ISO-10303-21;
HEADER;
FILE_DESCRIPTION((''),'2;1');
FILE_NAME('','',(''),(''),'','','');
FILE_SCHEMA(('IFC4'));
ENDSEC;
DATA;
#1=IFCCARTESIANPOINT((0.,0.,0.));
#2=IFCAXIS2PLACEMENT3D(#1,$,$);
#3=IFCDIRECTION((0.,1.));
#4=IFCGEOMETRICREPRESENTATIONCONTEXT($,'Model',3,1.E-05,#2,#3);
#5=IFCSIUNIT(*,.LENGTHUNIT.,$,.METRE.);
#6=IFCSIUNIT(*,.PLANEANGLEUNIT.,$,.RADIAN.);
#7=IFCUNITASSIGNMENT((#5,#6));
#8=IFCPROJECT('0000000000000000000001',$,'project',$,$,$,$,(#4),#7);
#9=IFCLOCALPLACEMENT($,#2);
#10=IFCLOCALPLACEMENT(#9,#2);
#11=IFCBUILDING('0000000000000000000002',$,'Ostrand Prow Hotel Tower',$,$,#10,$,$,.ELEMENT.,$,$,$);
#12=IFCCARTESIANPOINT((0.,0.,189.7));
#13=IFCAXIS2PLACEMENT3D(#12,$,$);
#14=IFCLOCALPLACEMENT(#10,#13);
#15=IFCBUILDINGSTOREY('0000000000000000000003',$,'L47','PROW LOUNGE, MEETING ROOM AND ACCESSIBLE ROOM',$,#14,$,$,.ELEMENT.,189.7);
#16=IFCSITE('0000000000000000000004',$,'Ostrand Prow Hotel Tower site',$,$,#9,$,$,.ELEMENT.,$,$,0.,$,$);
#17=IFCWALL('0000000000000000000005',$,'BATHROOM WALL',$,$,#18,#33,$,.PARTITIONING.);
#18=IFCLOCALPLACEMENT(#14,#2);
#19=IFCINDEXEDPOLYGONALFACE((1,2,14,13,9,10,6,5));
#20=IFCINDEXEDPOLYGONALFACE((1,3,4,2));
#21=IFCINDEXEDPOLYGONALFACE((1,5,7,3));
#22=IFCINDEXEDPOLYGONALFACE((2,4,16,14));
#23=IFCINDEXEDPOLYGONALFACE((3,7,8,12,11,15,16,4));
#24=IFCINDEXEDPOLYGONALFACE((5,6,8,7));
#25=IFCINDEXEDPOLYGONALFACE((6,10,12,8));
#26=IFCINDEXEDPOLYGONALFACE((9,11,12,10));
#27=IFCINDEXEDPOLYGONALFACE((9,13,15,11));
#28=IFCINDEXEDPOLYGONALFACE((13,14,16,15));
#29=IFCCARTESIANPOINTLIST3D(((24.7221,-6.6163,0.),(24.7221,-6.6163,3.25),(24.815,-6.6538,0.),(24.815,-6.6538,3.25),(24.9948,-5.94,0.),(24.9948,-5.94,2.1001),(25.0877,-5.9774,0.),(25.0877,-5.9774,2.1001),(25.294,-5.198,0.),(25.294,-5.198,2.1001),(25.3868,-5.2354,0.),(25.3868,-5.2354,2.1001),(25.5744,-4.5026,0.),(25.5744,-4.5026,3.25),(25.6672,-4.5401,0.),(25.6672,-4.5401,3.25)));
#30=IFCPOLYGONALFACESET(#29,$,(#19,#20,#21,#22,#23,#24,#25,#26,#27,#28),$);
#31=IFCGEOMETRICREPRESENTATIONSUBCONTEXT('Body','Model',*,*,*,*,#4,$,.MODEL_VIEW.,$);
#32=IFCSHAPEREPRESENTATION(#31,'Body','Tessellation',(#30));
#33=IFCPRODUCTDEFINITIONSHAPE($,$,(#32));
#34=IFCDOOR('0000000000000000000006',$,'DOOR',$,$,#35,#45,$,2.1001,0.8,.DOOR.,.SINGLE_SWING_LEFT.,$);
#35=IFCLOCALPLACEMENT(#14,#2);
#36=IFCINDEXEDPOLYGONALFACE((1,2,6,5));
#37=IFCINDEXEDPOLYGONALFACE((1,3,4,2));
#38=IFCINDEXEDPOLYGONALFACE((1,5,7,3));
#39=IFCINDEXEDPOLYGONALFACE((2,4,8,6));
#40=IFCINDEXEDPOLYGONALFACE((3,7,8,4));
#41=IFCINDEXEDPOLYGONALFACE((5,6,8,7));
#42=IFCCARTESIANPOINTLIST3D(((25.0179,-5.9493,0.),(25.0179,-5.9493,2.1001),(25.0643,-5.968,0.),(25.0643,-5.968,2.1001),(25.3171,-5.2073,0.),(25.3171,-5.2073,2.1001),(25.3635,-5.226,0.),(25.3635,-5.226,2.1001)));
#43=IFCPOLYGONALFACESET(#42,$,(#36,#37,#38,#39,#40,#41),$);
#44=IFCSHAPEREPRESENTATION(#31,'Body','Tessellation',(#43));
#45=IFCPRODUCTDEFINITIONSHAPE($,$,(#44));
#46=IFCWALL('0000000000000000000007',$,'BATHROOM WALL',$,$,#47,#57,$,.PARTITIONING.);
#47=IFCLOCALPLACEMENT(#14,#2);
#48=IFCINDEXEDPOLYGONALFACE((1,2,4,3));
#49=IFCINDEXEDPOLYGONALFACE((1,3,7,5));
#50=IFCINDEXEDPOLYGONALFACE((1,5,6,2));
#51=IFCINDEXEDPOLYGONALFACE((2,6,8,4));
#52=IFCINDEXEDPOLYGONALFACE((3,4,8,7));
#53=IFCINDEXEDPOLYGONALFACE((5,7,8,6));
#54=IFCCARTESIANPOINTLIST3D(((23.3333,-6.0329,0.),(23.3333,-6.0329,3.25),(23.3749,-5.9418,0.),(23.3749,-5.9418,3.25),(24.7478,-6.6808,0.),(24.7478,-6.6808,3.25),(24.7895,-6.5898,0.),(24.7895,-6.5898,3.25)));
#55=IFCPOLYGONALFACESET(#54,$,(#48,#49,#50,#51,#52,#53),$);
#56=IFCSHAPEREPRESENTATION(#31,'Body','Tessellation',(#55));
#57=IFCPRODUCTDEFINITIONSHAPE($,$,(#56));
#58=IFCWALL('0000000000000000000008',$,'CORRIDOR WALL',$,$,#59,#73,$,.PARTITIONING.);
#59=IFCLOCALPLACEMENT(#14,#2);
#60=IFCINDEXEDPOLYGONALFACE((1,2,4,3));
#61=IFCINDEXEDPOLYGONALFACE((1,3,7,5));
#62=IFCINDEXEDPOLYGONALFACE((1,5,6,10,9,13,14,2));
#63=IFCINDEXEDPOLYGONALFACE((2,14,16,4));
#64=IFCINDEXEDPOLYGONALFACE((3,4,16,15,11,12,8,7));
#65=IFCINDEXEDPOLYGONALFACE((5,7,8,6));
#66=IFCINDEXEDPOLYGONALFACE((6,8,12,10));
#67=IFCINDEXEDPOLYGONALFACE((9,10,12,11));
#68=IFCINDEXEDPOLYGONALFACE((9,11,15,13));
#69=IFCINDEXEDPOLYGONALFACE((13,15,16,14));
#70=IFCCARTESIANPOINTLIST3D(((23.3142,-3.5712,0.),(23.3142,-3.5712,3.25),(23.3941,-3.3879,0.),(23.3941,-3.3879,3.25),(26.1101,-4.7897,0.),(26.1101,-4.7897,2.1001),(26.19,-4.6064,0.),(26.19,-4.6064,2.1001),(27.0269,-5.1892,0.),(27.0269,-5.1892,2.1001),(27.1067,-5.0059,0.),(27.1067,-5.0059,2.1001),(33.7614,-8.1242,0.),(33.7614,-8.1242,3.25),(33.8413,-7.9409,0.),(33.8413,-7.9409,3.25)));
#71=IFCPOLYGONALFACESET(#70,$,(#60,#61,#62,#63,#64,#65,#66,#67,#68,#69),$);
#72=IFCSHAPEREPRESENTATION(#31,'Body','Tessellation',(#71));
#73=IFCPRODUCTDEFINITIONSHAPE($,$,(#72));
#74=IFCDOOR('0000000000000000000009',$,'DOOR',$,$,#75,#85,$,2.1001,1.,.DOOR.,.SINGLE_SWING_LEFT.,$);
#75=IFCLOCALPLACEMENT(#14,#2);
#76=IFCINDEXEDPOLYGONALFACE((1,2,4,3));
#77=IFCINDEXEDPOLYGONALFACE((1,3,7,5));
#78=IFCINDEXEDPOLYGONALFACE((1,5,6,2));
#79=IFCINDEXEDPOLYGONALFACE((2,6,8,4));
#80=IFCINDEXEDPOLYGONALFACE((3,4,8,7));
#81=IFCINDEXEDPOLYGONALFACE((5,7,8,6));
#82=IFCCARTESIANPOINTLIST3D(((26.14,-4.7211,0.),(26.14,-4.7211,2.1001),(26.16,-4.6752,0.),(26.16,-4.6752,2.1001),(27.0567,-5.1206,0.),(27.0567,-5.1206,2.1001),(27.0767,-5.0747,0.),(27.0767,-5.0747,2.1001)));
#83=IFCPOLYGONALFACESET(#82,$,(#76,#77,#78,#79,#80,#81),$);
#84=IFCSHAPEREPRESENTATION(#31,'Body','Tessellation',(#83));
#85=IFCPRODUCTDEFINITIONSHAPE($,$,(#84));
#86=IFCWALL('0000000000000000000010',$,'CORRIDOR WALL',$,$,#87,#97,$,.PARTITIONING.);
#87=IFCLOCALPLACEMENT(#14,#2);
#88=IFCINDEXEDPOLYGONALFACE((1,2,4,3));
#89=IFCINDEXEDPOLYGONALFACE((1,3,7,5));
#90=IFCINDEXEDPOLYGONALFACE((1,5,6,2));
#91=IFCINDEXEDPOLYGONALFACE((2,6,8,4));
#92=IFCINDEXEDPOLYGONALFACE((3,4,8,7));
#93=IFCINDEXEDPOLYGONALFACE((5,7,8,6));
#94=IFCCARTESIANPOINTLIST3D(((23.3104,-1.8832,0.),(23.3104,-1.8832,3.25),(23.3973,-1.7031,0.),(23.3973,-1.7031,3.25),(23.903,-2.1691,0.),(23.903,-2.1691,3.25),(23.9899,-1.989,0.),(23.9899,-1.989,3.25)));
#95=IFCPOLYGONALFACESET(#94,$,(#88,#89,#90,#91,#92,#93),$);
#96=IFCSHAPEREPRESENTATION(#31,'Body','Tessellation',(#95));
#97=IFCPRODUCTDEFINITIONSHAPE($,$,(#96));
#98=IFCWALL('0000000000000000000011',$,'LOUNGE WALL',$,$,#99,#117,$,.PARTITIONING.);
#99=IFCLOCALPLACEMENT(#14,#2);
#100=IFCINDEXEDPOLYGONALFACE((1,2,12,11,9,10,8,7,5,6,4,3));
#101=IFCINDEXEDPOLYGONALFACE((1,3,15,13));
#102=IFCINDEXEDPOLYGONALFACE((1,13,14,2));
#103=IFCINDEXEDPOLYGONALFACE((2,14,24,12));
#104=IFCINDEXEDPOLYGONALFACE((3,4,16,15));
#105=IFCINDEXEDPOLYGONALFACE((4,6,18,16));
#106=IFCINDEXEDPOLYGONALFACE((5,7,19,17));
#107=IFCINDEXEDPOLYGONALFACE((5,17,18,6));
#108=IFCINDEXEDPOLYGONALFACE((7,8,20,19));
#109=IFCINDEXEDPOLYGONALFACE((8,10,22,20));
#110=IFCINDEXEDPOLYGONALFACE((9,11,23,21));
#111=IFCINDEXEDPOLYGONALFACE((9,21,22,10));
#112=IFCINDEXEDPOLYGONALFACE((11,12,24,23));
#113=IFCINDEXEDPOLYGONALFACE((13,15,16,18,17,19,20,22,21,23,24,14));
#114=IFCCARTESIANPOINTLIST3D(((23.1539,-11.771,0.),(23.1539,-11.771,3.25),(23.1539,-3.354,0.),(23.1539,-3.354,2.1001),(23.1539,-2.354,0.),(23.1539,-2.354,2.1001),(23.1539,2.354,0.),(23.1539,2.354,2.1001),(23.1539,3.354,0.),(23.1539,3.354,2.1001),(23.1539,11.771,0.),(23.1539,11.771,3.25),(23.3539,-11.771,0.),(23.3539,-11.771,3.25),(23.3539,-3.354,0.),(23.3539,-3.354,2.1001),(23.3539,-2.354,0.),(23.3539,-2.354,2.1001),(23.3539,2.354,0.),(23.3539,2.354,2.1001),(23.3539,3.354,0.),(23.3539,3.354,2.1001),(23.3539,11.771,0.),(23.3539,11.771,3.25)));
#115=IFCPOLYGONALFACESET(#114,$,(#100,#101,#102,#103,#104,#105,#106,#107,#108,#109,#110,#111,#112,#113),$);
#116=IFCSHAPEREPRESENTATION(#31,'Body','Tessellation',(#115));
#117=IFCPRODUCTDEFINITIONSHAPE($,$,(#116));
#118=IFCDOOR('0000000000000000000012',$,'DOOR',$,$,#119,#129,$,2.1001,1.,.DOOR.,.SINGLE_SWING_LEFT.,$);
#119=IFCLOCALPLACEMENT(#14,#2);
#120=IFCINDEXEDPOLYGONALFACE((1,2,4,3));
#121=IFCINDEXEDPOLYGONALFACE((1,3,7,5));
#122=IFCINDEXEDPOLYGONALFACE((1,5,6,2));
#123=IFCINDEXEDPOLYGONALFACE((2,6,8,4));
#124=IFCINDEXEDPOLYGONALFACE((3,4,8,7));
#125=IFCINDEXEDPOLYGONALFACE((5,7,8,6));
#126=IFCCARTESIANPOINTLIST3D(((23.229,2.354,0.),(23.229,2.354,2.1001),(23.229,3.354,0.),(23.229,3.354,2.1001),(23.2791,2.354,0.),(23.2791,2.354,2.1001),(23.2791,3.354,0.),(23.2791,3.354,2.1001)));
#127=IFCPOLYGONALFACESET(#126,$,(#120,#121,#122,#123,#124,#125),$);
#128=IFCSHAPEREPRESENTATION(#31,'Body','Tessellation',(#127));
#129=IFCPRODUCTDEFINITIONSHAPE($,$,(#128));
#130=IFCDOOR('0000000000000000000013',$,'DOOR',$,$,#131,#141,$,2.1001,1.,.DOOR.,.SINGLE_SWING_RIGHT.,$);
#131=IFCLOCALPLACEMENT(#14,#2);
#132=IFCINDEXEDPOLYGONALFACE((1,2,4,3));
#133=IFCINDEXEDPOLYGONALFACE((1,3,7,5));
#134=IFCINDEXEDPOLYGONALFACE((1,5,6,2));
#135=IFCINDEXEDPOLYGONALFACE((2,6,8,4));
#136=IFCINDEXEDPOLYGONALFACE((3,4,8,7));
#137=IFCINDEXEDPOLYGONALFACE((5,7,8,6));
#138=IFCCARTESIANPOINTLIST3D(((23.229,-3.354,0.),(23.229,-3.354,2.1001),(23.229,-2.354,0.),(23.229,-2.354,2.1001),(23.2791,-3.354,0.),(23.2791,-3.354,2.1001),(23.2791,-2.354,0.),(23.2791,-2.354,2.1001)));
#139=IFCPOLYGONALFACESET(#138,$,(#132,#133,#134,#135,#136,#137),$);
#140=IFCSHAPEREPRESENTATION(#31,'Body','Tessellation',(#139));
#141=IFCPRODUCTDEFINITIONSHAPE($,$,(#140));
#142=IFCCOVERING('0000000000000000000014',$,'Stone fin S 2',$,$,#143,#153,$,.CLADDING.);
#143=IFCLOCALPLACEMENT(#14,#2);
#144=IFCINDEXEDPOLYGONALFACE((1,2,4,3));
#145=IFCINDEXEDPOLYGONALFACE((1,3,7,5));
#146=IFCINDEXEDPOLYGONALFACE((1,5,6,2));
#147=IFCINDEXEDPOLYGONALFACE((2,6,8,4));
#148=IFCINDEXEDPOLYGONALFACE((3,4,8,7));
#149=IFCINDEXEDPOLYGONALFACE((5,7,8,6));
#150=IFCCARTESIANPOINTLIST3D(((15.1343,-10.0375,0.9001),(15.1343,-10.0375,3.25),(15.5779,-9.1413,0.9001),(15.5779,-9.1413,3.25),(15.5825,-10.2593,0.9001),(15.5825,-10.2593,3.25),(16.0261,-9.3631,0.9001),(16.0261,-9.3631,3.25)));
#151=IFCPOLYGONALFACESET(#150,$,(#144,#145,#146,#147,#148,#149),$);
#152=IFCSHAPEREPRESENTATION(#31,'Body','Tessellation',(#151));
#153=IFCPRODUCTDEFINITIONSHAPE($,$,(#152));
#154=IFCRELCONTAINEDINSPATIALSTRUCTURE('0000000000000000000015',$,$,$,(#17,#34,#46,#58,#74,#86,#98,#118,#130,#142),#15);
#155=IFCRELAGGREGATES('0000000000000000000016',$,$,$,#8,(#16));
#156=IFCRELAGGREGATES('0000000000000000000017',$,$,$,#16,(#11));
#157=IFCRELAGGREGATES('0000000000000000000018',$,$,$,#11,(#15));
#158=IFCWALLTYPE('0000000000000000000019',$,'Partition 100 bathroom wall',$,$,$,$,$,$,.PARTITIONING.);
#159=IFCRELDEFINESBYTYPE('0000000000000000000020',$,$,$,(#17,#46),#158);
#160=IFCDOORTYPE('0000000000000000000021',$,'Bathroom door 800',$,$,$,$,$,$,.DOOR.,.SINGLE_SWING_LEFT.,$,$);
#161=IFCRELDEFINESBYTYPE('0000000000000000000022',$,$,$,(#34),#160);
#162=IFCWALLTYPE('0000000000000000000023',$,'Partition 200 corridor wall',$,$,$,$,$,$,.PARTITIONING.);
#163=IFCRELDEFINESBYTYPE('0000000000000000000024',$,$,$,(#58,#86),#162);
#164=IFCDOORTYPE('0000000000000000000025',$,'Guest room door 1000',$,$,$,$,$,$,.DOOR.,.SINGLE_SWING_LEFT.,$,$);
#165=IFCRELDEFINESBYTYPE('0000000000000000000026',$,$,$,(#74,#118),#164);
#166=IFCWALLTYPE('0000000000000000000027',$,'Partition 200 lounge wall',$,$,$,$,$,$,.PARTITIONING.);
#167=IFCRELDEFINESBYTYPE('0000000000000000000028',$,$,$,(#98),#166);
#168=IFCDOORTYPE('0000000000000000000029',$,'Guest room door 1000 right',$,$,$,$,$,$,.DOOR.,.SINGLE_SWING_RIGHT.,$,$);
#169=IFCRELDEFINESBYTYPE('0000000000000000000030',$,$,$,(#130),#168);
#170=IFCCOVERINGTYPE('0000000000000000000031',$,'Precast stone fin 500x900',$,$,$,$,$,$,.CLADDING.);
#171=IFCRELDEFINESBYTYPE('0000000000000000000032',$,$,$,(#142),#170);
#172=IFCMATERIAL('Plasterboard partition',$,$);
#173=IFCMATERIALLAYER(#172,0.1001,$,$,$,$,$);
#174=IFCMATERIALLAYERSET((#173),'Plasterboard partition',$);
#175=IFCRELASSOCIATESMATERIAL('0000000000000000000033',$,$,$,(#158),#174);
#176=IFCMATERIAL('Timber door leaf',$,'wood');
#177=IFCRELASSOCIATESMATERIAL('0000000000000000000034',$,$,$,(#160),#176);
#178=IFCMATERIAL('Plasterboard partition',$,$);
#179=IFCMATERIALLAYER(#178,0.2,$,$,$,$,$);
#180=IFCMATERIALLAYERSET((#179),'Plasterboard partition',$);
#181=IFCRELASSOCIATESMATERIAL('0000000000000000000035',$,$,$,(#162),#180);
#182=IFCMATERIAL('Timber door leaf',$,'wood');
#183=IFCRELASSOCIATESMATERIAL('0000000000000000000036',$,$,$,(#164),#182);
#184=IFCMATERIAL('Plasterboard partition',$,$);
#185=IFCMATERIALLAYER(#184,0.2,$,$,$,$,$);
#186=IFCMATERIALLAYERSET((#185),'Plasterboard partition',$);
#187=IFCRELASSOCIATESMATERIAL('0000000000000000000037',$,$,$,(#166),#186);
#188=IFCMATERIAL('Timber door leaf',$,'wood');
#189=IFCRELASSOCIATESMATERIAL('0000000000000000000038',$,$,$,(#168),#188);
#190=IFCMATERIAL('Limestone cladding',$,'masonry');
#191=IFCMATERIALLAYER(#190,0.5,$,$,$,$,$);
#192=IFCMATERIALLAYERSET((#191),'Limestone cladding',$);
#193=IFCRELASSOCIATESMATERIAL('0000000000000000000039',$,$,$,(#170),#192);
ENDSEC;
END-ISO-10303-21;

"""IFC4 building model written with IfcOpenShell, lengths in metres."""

from ifc_helpers import new_model, si_unit, direction, frame, frame_2d, origin, place, context, subcontext, project, spatial, rectangle, extrude, material, layer, layer_set, type_object, element, fill, save


model = new_model("IFC4")

# Units and contexts
model_context = context("Model", 3, precision=1e-05, world=origin(), true_north=direction((0.0, 1.0)))
body_context = subcontext(model_context, "Body", "Model", "MODEL_VIEW")
ifc_project = project(units=[si_unit("LENGTHUNIT", "METRE"), si_unit("PLANEANGLEUNIT", "RADIAN")], contexts=[model_context])

# Site, building, storey
site_placement = place(None, origin())
site = spatial("IfcSite", under=ifc_project, at=site_placement, Name="Ostrand Prow Hotel Tower site", CompositionType="ELEMENT", RefElevation=0.0)
building_placement = place(site_placement, origin())
building = spatial("IfcBuilding", under=site, at=building_placement, Name="Ostrand Prow Hotel Tower", CompositionType="ELEMENT")
storey_placement = place(building_placement, frame((0.0, 0.0, 189.7)))
storey = spatial("IfcBuildingStorey", under=building, at=storey_placement, Name="L47", Description="PROW LOUNGE, MEETING ROOM AND ACCESSIBLE ROOM", CompositionType="ELEMENT", Elevation=189.7)

# Wall, opening, door
ifc_material_1 = material(Name="Plasterboard partition")
ifc_layer_1 = layer(ifc_material_1, 0.1001)
ifc_layer_set_1 = layer_set([ifc_layer_1], Name="Plasterboard partition")
wall_type_1 = type_object("IfcWallType", Name="Partition 100 bathroom wall", PredefinedType="PARTITIONING", material=ifc_layer_set_1)
wall_1_placement = place(storey_placement, frame((25.6208, -4.5212, 0.0), z_axis=(0.0, 0.0, 1.0), x_axis=(-0.373956, -0.927446, 0.0)))
wall_1 = element("IfcWall", 1, at=wall_1_placement, inside=storey, type_object=wall_type_1, Name="BATHROOM WALL", PredefinedType="PARTITIONING", context=body_context, shape_type="SweptSolid", body=[
    extrude(rectangle(XDim=2.2791, YDim=0.1001, at=frame_2d((1.1396, 0.0))), origin(), (0.0, 0.0, 1.0), 3.25),
])
opening_1_placement = place(wall_1_placement, frame((0.75, 0.0, 0.0)))
opening_1 = element("IfcOpeningElement", 2, at=opening_1_placement, cuts=wall_1, PredefinedType="OPENING", context=body_context, shape_type="SweptSolid", body=[
    extrude(rectangle(XDim=0.8, YDim=2.1001, at=frame_2d((0.3999, 1.05))), frame((0.0, 0.0601, 0.0), z_axis=(0.0, -1.0, 0.0), x_axis=(1.0, 0.0, 0.0)), (0.0, 0.0, 1.0), 0.1201),
])
ifc_material_2 = material(Name="Timber door leaf", Category="wood")
door_type_1 = type_object("IfcDoorType", Name="Bathroom door 800", OperationType="SINGLE_SWING_LEFT", PredefinedType="DOOR", material=ifc_material_2)
door_1_placement = place(opening_1_placement, origin())
door_1 = element("IfcDoor", 3, at=door_1_placement, inside=storey, type_object=door_type_1, Name="DOOR", OperationType="SINGLE_SWING_LEFT", OverallHeight=2.1001, OverallWidth=0.8, PredefinedType="DOOR", context=body_context, shape_type="SweptSolid", body=[
    extrude(rectangle(XDim=0.8, YDim=2.1001, at=frame_2d((0.3999, 1.05))), frame((0.0, 0.0249, 0.0), z_axis=(0.0, -1.0, 0.0), x_axis=(1.0, 0.0, 0.0)), (0.0, 0.0, 1.0), 0.05),
])
fill(opening_1, door_1)

# Wall
wall_2_placement = place(storey_placement, frame((24.7686, -6.6353, 0.0), z_axis=(0.0, 0.0, 1.0), x_axis=(-0.909159, 0.416449, 0.0)))
element("IfcWall", 4, at=wall_2_placement, inside=storey, type_object=wall_type_1, Name="BATHROOM WALL", PredefinedType="PARTITIONING", context=body_context, shape_type="SweptSolid", body=[
    extrude(rectangle(XDim=1.5559, YDim=0.1001, at=frame_2d((0.7778, 0.0))), origin(), (0.0, 0.0, 1.0), 3.25),
])

# Wall, opening, door
ifc_material_3 = material(Name="Plasterboard partition")
ifc_layer_2 = layer(ifc_material_3, 0.2)
ifc_layer_set_2 = layer_set([ifc_layer_2], Name="Plasterboard partition")
wall_type_2 = type_object("IfcWallType", Name="Partition 200 corridor wall", PredefinedType="PARTITIONING", material=ifc_layer_set_2)
wall_3_placement = place(storey_placement, frame((23.354, -3.4795, 0.0), z_axis=(0.0, 0.0, 1.0), x_axis=(0.916727, -0.399515, 0.0)))
wall_3 = element("IfcWall", 5, at=wall_3_placement, inside=storey, type_object=wall_type_2, Name="CORRIDOR WALL", PredefinedType="PARTITIONING", context=body_context, shape_type="SweptSolid", body=[
    extrude(rectangle(XDim=11.3962, YDim=0.2, at=frame_2d((5.6982, 0.0))), origin(), (0.0, 0.0, 1.0), 3.25),
])
opening_2_placement = place(wall_3_placement, frame((3.05, 0.0, 0.0)))
opening_2 = element("IfcOpeningElement", 6, at=opening_2_placement, cuts=wall_3, PredefinedType="OPENING", context=body_context, shape_type="SweptSolid", body=[
    extrude(rectangle(XDim=1.0, YDim=2.1001, at=frame_2d((0.5, 1.05))), frame((0.0, 0.1099, 0.0), z_axis=(0.0, -1.0, 0.0), x_axis=(1.0, 0.0, 0.0)), (0.0, 0.0, 1.0), 0.22),
])
ifc_material_4 = material(Name="Timber door leaf", Category="wood")
door_type_2 = type_object("IfcDoorType", Name="Guest room door 1000", OperationType="SINGLE_SWING_LEFT", PredefinedType="DOOR", material=ifc_material_4)
door_2_placement = place(opening_2_placement, origin())
door_2 = element("IfcDoor", 7, at=door_2_placement, inside=storey, type_object=door_type_2, Name="DOOR", OperationType="SINGLE_SWING_LEFT", OverallHeight=2.1001, OverallWidth=1.0, PredefinedType="DOOR", context=body_context, shape_type="SweptSolid", body=[
    extrude(rectangle(XDim=1.0, YDim=2.1001, at=frame_2d((0.5, 1.05))), frame((0.0, 0.0249, 0.0), z_axis=(0.0, -1.0, 0.0), x_axis=(1.0, 0.0, 0.0)), (0.0, 0.0, 1.0), 0.05),
])
fill(opening_2, door_2)

# Wall
wall_4_placement = place(storey_placement, frame((23.9465, -2.0791, 0.0), z_axis=(0.0, 0.0, 1.0), x_axis=(-0.900647, 0.434552, 0.0)))
element("IfcWall", 8, at=wall_4_placement, inside=storey, type_object=wall_type_2, Name="CORRIDOR WALL", PredefinedType="PARTITIONING", context=body_context, shape_type="SweptSolid", body=[
    extrude(rectangle(XDim=0.658, YDim=0.2, at=frame_2d((0.3291, 0.0))), origin(), (0.0, 0.0, 1.0), 3.25),
])

# Wall, openings, doors
ifc_material_5 = material(Name="Plasterboard partition")
ifc_layer_3 = layer(ifc_material_5, 0.2)
ifc_layer_set_3 = layer_set([ifc_layer_3], Name="Plasterboard partition")
wall_type_3 = type_object("IfcWallType", Name="Partition 200 lounge wall", PredefinedType="PARTITIONING", material=ifc_layer_set_3)
wall_5_placement = place(storey_placement, frame((23.2539, -11.771, 0.0), z_axis=(0.0, 0.0, 1.0), x_axis=(0.0, 1.0, 0.0)))
wall_5 = element("IfcWall", 9, at=wall_5_placement, inside=storey, type_object=wall_type_3, Name="LOUNGE WALL", PredefinedType="PARTITIONING", context=body_context, shape_type="SweptSolid", body=[
    extrude(rectangle(XDim=23.542, YDim=0.2, at=frame_2d((11.771, 0.0))), origin(), (0.0, 0.0, 1.0), 3.25),
])
opening_3_placement = place(wall_5_placement, frame((14.125, 0.0, 0.0)))
opening_3 = element("IfcOpeningElement", 10, at=opening_3_placement, cuts=wall_5, PredefinedType="OPENING", context=body_context, shape_type="SweptSolid", body=[
    extrude(rectangle(XDim=1.0, YDim=2.1001, at=frame_2d((0.5, 1.05))), frame((0.0, 0.1099, 0.0), z_axis=(0.0, -1.0, 0.0), x_axis=(1.0, 0.0, 0.0)), (0.0, 0.0, 1.0), 0.22),
])
opening_4_placement = place(wall_5_placement, frame((8.417, 0.0, 0.0)))
opening_4 = element("IfcOpeningElement", 11, at=opening_4_placement, cuts=wall_5, PredefinedType="OPENING", context=body_context, shape_type="SweptSolid", body=[
    extrude(rectangle(XDim=1.0, YDim=2.1001, at=frame_2d((0.5, 1.05))), frame((0.0, 0.1099, 0.0), z_axis=(0.0, -1.0, 0.0), x_axis=(1.0, 0.0, 0.0)), (0.0, 0.0, 1.0), 0.22),
])
door_3_placement = place(opening_3_placement, origin())
door_3 = element("IfcDoor", 12, at=door_3_placement, inside=storey, type_object=door_type_2, Name="DOOR", OperationType="SINGLE_SWING_LEFT", OverallHeight=2.1001, OverallWidth=1.0, PredefinedType="DOOR", context=body_context, shape_type="SweptSolid", body=[
    extrude(rectangle(XDim=1.0, YDim=2.1001, at=frame_2d((0.5, 1.05))), frame((0.0, 0.0249, 0.0), z_axis=(0.0, -1.0, 0.0), x_axis=(1.0, 0.0, 0.0)), (0.0, 0.0, 1.0), 0.05),
])
fill(opening_3, door_3)
ifc_material_6 = material(Name="Timber door leaf", Category="wood")
door_type_3 = type_object("IfcDoorType", Name="Guest room door 1000 right", OperationType="SINGLE_SWING_RIGHT", PredefinedType="DOOR", material=ifc_material_6)
door_4_placement = place(opening_4_placement, origin())
door_4 = element("IfcDoor", 13, at=door_4_placement, inside=storey, type_object=door_type_3, Name="DOOR", OperationType="SINGLE_SWING_RIGHT", OverallHeight=2.1001, OverallWidth=1.0, PredefinedType="DOOR", context=body_context, shape_type="SweptSolid", body=[
    extrude(rectangle(XDim=1.0, YDim=2.1001, at=frame_2d((0.5, 1.05))), frame((0.0, 0.0249, 0.0), z_axis=(0.0, -1.0, 0.0), x_axis=(1.0, 0.0, 0.0)), (0.0, 0.0, 1.0), 0.05),
])
fill(opening_4, door_4)

# Covering
ifc_material_7 = material(Name="Limestone cladding", Category="masonry")
ifc_layer_4 = layer(ifc_material_7, 0.5)
ifc_layer_set_4 = layer_set([ifc_layer_4], Name="Limestone cladding")
covering_type = type_object("IfcCoveringType", Name="Precast stone fin 500x900", PredefinedType="CLADDING", material=ifc_layer_set_4)
covering_placement = place(storey_placement, frame((15.802, -9.2522, 0.9001), z_axis=(0.0, 0.0, 1.0), x_axis=(-0.443597, -0.896227, 0.0)))
element("IfcCovering", 14, at=covering_placement, inside=storey, type_object=covering_type, Name="Stone fin S 2", PredefinedType="CLADDING", context=body_context, shape_type="SweptSolid", body=[
    extrude(rectangle(XDim=1.0, YDim=0.5, at=frame_2d((0.5, 0.0))), origin(), (0.0, 0.0, 1.0), 2.3499),
])

save(model, "model.ifc")
